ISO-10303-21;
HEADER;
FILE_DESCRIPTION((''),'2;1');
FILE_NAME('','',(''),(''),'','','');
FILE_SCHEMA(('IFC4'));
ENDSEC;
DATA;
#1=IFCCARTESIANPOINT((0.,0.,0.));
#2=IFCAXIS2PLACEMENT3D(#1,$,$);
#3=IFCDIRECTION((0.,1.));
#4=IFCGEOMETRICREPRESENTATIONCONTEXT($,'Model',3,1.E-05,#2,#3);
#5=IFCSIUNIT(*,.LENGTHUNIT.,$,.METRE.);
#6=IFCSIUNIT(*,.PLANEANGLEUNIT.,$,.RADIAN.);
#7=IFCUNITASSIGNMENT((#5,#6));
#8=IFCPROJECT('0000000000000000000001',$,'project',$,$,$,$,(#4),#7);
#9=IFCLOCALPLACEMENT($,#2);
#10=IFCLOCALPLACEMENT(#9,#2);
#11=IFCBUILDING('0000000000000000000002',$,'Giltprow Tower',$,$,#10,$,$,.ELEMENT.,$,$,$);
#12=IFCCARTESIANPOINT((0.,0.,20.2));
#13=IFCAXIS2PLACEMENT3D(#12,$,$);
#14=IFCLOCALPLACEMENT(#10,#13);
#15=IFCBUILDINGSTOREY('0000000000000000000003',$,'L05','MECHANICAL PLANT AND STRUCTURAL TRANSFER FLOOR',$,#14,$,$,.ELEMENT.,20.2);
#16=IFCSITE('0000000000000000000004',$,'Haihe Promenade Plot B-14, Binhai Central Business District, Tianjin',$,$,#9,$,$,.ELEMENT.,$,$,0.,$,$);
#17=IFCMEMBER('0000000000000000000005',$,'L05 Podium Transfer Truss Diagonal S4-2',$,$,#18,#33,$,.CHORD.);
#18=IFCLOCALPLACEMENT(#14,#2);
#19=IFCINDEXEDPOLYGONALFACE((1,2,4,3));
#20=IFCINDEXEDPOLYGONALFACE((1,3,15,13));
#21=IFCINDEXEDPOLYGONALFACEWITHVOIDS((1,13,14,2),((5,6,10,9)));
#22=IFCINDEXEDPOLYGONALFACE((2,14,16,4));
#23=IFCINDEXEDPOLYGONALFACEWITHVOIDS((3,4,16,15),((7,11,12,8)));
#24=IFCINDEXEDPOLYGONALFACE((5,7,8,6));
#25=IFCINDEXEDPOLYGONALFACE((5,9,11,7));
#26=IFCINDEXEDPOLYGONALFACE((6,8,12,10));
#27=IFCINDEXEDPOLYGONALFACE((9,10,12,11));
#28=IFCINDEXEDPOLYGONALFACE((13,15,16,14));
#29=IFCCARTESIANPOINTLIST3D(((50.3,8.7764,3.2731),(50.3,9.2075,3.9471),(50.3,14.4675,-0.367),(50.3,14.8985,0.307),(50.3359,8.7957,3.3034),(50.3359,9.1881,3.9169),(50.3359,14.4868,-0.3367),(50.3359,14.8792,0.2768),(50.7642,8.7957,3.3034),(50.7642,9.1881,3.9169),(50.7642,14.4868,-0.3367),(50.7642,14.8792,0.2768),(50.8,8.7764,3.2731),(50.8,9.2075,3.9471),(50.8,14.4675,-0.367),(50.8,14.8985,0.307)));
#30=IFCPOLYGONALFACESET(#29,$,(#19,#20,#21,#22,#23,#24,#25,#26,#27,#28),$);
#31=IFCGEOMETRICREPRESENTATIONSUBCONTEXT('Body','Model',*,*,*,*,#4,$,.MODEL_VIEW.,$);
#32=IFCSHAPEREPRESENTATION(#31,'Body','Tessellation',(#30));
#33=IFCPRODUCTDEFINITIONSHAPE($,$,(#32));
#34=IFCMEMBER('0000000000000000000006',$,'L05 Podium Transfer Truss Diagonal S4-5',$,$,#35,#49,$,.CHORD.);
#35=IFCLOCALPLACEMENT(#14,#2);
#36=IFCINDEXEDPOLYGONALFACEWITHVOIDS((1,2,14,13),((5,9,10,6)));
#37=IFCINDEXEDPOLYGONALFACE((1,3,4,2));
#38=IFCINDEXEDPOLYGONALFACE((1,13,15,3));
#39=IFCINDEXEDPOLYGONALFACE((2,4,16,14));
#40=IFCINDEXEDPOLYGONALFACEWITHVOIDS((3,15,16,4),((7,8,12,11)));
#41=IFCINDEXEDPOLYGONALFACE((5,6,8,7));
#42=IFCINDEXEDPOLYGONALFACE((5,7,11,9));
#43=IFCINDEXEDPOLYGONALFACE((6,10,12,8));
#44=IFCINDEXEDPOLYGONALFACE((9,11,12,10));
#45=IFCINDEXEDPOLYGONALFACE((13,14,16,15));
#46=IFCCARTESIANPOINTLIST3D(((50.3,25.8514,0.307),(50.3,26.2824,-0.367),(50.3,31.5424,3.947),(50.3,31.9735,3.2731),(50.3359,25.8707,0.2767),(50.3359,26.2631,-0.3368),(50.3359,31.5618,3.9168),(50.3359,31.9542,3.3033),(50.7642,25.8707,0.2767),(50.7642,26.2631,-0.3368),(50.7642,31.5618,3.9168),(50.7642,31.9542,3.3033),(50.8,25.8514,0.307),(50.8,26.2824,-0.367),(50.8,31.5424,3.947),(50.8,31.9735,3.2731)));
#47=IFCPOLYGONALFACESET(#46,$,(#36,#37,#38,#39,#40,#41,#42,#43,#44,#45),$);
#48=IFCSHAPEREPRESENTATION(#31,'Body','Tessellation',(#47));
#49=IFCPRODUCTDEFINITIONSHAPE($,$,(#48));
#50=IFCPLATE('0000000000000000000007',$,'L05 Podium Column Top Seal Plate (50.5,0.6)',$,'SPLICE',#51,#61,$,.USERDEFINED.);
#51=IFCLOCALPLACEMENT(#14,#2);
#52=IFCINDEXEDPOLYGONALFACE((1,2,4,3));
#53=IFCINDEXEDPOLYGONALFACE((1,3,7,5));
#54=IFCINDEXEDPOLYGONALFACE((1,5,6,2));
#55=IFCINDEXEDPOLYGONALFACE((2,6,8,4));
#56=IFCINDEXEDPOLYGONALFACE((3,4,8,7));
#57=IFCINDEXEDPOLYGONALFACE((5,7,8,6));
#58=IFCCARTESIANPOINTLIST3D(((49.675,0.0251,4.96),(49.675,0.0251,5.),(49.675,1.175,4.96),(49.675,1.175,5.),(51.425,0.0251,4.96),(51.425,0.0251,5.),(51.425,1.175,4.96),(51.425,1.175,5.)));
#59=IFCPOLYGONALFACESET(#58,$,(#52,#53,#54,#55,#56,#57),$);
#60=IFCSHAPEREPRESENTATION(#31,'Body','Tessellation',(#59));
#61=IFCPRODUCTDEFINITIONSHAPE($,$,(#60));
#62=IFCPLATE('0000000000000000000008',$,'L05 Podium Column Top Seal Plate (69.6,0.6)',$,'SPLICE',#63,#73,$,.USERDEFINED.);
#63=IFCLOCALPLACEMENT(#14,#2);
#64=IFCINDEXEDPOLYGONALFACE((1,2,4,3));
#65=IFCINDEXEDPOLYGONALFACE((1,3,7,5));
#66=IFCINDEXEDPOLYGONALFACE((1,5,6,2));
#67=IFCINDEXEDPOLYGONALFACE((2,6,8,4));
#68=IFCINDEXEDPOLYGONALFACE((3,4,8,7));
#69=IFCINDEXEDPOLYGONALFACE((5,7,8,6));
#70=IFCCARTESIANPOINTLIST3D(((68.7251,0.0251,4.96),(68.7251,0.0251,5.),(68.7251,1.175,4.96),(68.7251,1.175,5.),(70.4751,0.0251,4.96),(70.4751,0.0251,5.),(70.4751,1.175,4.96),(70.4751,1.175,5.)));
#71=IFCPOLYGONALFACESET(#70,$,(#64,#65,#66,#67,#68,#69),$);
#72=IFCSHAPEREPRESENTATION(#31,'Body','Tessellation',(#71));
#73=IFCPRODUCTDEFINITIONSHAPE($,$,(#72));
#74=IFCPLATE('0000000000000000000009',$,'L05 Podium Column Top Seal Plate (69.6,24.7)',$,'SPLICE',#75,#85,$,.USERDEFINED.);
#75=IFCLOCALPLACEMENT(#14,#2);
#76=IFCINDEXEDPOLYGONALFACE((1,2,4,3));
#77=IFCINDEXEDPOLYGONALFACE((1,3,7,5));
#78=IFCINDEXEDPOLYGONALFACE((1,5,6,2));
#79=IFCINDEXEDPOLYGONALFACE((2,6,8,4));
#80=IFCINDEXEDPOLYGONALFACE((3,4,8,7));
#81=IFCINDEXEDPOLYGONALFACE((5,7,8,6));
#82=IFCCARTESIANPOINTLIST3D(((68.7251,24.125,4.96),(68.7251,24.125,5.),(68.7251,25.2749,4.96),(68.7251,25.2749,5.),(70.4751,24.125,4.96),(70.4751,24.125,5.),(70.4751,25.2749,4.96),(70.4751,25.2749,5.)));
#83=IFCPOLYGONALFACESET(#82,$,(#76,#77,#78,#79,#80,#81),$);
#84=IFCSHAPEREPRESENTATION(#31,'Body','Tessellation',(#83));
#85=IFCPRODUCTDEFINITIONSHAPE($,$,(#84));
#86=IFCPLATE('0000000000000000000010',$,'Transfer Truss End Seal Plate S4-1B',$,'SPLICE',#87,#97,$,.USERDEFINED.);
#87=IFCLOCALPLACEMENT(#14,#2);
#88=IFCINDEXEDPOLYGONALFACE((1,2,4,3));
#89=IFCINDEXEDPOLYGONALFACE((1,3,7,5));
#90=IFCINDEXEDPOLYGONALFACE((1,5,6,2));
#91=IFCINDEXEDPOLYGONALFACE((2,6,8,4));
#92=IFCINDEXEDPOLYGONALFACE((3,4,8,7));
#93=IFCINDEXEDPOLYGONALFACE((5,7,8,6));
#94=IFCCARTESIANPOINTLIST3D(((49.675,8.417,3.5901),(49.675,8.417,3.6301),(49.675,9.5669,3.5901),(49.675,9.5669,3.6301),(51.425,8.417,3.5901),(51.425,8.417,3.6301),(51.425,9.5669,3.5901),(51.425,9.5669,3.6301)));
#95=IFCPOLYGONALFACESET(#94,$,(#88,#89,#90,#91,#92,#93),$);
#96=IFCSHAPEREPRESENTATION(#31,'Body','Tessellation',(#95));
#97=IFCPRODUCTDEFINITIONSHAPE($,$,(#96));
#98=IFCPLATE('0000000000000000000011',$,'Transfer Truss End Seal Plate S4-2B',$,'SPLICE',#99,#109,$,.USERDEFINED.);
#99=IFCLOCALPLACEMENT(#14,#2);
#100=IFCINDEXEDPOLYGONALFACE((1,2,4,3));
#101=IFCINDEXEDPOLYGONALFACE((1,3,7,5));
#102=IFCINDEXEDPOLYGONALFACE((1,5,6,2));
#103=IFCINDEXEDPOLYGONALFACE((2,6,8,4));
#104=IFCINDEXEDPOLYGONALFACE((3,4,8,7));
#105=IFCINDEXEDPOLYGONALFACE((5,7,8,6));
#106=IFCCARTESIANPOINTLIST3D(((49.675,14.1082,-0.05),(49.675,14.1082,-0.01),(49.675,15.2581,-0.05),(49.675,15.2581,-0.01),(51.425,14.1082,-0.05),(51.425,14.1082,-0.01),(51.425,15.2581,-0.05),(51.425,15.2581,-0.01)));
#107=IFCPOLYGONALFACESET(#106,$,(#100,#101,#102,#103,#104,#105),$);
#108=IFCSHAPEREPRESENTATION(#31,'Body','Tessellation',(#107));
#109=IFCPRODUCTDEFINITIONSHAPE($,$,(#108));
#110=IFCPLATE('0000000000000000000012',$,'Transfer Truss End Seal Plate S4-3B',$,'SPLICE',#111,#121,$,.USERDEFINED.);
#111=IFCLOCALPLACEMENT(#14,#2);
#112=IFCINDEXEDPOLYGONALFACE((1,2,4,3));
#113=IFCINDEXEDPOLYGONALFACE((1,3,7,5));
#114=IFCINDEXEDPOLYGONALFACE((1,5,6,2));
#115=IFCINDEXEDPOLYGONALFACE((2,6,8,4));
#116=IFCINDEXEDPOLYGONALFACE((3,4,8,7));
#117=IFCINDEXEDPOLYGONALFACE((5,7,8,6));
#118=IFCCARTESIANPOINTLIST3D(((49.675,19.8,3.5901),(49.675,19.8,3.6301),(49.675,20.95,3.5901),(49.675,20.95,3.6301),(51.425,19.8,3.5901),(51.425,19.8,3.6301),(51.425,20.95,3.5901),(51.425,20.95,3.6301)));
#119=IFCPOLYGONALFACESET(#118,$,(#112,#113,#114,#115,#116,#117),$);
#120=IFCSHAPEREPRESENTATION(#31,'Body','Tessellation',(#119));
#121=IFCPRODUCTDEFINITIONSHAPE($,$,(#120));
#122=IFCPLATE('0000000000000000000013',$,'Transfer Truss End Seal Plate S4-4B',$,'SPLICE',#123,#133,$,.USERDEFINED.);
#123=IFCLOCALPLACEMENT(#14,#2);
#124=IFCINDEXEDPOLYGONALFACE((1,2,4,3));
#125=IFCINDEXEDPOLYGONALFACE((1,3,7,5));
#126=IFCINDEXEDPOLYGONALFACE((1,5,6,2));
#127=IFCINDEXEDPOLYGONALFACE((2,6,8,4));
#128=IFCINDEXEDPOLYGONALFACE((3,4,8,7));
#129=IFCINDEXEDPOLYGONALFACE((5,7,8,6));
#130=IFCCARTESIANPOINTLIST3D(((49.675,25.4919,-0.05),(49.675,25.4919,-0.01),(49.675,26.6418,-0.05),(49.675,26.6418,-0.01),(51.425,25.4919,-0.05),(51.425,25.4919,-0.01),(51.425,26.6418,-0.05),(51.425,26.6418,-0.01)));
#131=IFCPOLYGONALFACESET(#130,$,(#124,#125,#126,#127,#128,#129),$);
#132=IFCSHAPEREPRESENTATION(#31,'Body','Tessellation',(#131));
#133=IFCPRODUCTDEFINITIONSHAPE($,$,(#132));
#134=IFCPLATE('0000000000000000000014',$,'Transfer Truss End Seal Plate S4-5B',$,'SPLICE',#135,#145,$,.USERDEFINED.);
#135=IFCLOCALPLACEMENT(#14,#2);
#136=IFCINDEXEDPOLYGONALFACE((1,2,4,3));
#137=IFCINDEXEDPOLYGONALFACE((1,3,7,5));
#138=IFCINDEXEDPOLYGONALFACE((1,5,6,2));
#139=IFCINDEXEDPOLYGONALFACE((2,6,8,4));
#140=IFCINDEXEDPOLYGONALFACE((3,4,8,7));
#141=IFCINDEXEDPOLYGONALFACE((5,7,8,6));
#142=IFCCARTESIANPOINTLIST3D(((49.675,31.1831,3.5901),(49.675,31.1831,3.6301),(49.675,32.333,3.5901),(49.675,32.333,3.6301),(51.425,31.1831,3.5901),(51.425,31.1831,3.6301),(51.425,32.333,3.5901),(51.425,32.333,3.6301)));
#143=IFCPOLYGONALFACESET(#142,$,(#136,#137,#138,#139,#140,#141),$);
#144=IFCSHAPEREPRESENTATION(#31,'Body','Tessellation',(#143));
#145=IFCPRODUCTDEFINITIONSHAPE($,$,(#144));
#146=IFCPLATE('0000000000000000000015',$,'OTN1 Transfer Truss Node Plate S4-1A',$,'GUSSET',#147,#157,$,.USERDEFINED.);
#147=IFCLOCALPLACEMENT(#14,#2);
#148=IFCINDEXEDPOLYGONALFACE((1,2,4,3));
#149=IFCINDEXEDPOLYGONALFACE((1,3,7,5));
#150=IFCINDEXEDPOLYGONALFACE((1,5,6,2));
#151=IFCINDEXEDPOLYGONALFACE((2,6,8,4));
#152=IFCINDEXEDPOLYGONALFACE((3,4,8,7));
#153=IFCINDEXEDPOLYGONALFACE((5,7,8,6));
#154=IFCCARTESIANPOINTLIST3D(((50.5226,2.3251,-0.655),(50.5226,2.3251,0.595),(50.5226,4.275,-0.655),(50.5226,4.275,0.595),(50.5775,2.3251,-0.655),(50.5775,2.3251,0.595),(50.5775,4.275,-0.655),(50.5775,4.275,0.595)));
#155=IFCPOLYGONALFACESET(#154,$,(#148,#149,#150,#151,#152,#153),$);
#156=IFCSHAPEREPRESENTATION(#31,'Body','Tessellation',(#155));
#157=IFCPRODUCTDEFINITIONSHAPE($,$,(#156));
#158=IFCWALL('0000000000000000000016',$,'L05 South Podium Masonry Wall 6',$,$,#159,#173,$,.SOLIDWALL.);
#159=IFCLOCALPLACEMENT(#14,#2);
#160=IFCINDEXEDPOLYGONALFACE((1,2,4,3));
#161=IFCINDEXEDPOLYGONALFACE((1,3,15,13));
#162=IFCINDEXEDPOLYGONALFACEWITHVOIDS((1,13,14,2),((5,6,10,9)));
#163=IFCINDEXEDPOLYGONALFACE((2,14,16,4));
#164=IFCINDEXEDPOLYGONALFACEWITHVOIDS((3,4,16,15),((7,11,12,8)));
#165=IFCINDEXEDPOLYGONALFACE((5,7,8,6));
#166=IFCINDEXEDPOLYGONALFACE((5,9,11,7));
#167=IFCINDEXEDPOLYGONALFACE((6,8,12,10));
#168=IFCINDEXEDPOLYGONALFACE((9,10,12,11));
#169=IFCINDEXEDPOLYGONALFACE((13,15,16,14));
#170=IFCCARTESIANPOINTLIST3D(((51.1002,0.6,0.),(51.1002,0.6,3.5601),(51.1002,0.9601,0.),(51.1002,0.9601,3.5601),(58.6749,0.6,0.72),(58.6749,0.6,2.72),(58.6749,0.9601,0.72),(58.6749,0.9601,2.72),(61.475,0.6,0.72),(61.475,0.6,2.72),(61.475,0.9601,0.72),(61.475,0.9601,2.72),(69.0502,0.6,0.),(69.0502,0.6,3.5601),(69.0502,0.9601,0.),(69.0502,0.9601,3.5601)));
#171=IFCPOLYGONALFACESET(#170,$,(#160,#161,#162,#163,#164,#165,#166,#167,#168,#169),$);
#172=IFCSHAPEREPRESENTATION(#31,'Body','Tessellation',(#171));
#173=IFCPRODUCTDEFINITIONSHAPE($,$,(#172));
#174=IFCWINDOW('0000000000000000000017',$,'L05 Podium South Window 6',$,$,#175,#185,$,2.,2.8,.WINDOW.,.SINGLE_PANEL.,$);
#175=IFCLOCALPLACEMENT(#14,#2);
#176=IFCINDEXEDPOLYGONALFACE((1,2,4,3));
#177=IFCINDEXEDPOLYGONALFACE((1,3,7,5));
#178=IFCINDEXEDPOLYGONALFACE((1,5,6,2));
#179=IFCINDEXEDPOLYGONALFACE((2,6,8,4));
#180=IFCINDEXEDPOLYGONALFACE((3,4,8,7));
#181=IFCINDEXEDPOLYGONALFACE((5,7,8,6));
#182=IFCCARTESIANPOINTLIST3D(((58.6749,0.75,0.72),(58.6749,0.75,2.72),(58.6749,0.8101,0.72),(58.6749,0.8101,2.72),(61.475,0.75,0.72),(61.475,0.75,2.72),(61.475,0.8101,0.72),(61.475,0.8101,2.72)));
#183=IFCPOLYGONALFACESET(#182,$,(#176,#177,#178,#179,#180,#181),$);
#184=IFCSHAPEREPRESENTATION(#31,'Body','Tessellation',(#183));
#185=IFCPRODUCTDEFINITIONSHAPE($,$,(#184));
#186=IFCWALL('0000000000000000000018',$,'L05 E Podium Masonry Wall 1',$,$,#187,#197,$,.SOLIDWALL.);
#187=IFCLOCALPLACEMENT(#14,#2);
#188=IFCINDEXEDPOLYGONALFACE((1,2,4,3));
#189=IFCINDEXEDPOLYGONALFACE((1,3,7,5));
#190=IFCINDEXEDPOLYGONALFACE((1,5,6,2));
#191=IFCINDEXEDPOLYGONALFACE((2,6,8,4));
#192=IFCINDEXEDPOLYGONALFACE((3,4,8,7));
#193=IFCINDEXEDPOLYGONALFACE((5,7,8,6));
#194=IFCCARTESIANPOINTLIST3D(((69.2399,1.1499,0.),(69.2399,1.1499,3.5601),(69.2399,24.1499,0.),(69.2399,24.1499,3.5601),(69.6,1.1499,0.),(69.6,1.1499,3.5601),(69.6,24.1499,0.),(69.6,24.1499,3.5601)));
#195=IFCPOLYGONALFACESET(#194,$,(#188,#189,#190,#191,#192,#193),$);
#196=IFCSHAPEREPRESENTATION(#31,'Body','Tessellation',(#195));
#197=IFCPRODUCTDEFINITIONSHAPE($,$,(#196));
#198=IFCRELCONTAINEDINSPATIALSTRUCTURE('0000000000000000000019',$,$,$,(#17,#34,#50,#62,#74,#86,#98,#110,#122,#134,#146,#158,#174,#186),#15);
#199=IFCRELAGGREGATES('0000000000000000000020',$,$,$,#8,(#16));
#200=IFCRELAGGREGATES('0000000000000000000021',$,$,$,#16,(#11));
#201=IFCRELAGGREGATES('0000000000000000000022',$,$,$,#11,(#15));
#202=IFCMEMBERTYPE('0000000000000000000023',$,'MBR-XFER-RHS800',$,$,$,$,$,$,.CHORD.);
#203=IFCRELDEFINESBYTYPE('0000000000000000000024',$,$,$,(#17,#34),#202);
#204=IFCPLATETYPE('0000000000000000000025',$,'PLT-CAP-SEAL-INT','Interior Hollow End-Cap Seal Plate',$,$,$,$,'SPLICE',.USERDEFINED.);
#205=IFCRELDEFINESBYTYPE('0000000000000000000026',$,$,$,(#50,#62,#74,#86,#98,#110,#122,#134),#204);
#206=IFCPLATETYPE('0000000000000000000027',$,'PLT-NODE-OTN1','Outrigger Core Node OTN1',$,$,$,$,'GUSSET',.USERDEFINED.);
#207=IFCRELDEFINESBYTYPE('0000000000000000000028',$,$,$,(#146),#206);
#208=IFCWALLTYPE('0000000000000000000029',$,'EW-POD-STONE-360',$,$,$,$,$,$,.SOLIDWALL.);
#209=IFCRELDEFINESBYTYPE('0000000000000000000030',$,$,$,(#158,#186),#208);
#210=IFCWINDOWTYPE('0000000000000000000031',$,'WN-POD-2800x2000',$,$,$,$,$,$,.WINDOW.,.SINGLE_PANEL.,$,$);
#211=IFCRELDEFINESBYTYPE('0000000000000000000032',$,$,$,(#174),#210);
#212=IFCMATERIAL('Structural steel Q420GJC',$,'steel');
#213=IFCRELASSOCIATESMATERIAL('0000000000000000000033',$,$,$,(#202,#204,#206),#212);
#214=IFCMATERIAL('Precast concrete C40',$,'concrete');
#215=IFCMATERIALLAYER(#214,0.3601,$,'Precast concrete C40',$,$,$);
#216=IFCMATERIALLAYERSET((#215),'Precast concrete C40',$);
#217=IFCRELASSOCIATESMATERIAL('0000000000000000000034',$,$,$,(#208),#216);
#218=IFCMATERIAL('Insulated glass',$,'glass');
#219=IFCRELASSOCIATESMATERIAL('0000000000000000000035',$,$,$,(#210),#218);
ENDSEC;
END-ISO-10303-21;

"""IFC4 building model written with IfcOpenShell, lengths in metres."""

from ifc_helpers import new_model, si_unit, direction, frame, frame_2d, origin, origin_2d, place, context, subcontext, project, spatial, rectangle, hollow_rectangle, extrude, source, transform, mapped, material, layer, layer_set, material_profile, profile_set, type_object, element, fill, save


model = new_model("IFC4")

# Units and contexts
model_context = context("Model", 3, precision=1e-05, world=origin(), true_north=direction((0.0, 1.0)))
body_context = subcontext(model_context, "Body", "Model", "MODEL_VIEW")
ifc_project = project(units=[si_unit("LENGTHUNIT", "METRE"), si_unit("PLANEANGLEUNIT", "RADIAN")], contexts=[model_context])

# Site, building, storey
site_placement = place(None, origin())
site = spatial("IfcSite", under=ifc_project, at=site_placement, Name="Haihe Promenade Plot B-14, Binhai Central Business District, Tianjin", CompositionType="ELEMENT", RefElevation=0.0)
building_placement = place(site_placement, origin())
building = spatial("IfcBuilding", under=site, at=building_placement, Name="Giltprow Tower", CompositionType="ELEMENT")
storey_placement = place(building_placement, frame((0.0, 0.0, 20.2)))
storey = spatial("IfcBuildingStorey", under=building, at=storey_placement, Name="L05", Description="MECHANICAL PLANT AND STRUCTURAL TRANSFER FLOOR", CompositionType="ELEMENT", Elevation=20.2)

# Shared definitions
ifc_material_1 = material(Name="Structural steel Q420GJC", Category="steel")

# Members
ifc_material_profile_1 = material_profile(ifc_material_1, hollow_rectangle(XDim=0.5, YDim=0.8, WallThickness=0.0359, at=origin_2d()), Name="RHS 800x500x36")
ifc_profile_set_1 = profile_set([ifc_material_profile_1], Name="Structural steel Q420GJC")
member_type = type_object("IfcMemberType", Name="MBR-XFER-RHS800", PredefinedType="CHORD", material=ifc_profile_set_1)
shared_shape_1 = source(origin(), body_context, "Body", "SweptSolid", [
    extrude(hollow_rectangle(XDim=0.5, YDim=0.8, WallThickness=0.0359, at=origin_2d()), origin(), (0.0, 0.0, 1.0), 6.7556),
])
for number, where, z_axis, x_axis, name in (
    (1, (50.55, 8.9919, 3.6101), (0.0, 0.84242, -0.538822), (-1.0, 0.0, 0.0), "L05 Podium Transfer Truss Diagonal S4-2"),
    (2, (50.55, 26.0669, -0.03), (0.0, 0.84242, 0.538822), (-1.0, 0.0, 0.0), "L05 Podium Transfer Truss Diagonal S4-5"),
):
    element("IfcMember", number, at=place(storey_placement, frame(where, z_axis=z_axis, x_axis=x_axis)), inside=storey, type_object=member_type, Name=name, PredefinedType="CHORD", context=body_context, shape_type="MappedRepresentation", body=[
        mapped(shared_shape_1, transform((0.0, 0.0, 0.0), x_axis=(1.0, 0.0, 0.0), y_axis=(0.0, 1.0, 0.0), z_axis=(0.0, 0.0, 1.0), scale=1.0)),
    ])

# Plates
plate_type_1 = type_object("IfcPlateType", Name="PLT-CAP-SEAL-INT", Description="Interior Hollow End-Cap Seal Plate", ElementType="SPLICE", PredefinedType="USERDEFINED", material=ifc_material_1)
shared_shape_2 = source(origin(), body_context, "Body", "SweptSolid", [
    extrude(rectangle(XDim=1.75, YDim=1.1499, at=origin_2d()), origin(), (0.0, 0.0, 1.0), 0.04),
])
for number, where, z_axis, x_axis, name in (
    (3, (50.55, 0.6001, 4.96), (0.0, 0.0, 1.0), (1.0, 0.0, 0.0), "L05 Podium Column Top Seal Plate (50.5,0.6)"),
    (4, (69.6001, 0.6001, 4.96), (0.0, 0.0, 1.0), (1.0, 0.0, 0.0), "L05 Podium Column Top Seal Plate (69.6,0.6)"),
    (5, (69.6001, 24.7, 4.96), (0.0, 0.0, 1.0), (1.0, 0.0, 0.0), "L05 Podium Column Top Seal Plate (69.6,24.7)"),
    (6, (50.55, 8.9919, 3.5901), (0.0, 0.0, 1.0), (1.0, 0.0, 0.0), "Transfer Truss End Seal Plate S4-1B"),
    (7, (50.55, 14.6831, -0.05), (0.0, 0.0, 1.0), (1.0, 0.0, 0.0), "Transfer Truss End Seal Plate S4-2B"),
    (8, (50.55, 20.375, 3.5901), (0.0, 0.0, 1.0), (1.0, 0.0, 0.0), "Transfer Truss End Seal Plate S4-3B"),
    (9, (50.55, 26.0669, -0.05), (0.0, 0.0, 1.0), (1.0, 0.0, 0.0), "Transfer Truss End Seal Plate S4-4B"),
    (10, (50.55, 31.7581, 3.5901), (0.0, 0.0, 1.0), (1.0, 0.0, 0.0), "Transfer Truss End Seal Plate S4-5B"),
):
    element("IfcPlate", number, at=place(storey_placement, frame(where, z_axis=z_axis, x_axis=x_axis)), inside=storey, type_object=plate_type_1, Name=name, ObjectType="SPLICE", PredefinedType="USERDEFINED", context=body_context, shape_type="MappedRepresentation", body=[
        mapped(shared_shape_2, transform((0.0, 0.0, 0.0), x_axis=(1.0, 0.0, 0.0), y_axis=(0.0, 1.0, 0.0), z_axis=(0.0, 0.0, 1.0), scale=1.0)),
    ])
plate_type_2 = type_object("IfcPlateType", Name="PLT-NODE-OTN1", Description="Outrigger Core Node OTN1", ElementType="GUSSET", PredefinedType="USERDEFINED", material=ifc_material_1)
shared_shape_3 = source(origin(), body_context, "Body", "SweptSolid", [
    extrude(rectangle(XDim=1.95, YDim=0.0549, at=origin_2d()), origin(), (0.0, 0.0, 1.0), 1.25),
])
plate_placement = place(storey_placement, frame((50.55, 3.3, -0.655), z_axis=(0.0, 0.0, 1.0), x_axis=(0.0, 1.0, 0.0)))
element("IfcPlate", 11, at=plate_placement, inside=storey, type_object=plate_type_2, Name="OTN1 Transfer Truss Node Plate S4-1A", ObjectType="GUSSET", PredefinedType="USERDEFINED", context=body_context, shape_type="MappedRepresentation", body=[
    mapped(shared_shape_3, transform((0.0, 0.0, 0.0), x_axis=(1.0, 0.0, 0.0), y_axis=(0.0, 1.0, 0.0), z_axis=(0.0, 0.0, 1.0), scale=1.0)),
])

# Wall, opening, window
ifc_material_2 = material(Name="Precast concrete C40", Category="concrete")
ifc_layer_1 = layer(ifc_material_2, 0.3601, Name="Precast concrete C40")
ifc_layer_set_1 = layer_set([ifc_layer_1], Name="Precast concrete C40")
wall_type_1 = type_object("IfcWallType", Name="EW-POD-STONE-360", PredefinedType="SOLIDWALL", material=ifc_layer_set_1)
wall_1_placement = place(storey_placement, frame((51.1001, 0.78, 0.0), z_axis=(0.0, 0.0, 1.0), x_axis=(1.0, 0.0, 0.0)))
wall_1 = element("IfcWall", 12, at=wall_1_placement, inside=storey, type_object=wall_type_1, Name="L05 South Podium Masonry Wall 6", PredefinedType="SOLIDWALL", context=body_context, shape_type="SweptSolid", body=[
    extrude(rectangle(XDim=17.95, YDim=0.3601, at=frame_2d((8.9751, 0.0))), origin(), (0.0, 0.0, 1.0), 3.5601),
])
opening_placement = place(wall_1_placement, frame((7.575, 0.0, 0.72)))
opening = element("IfcOpeningElement", 13, at=opening_placement, cuts=wall_1, PredefinedType="OPENING", context=body_context, shape_type="SweptSolid", body=[
    extrude(rectangle(XDim=2.8, YDim=2.0, at=frame_2d((1.3999, 1.0))), frame((0.0, 0.1899, 0.0), z_axis=(0.0, -1.0, 0.0), x_axis=(1.0, 0.0, 0.0)), (0.0, 0.0, 1.0), 0.3801),
])
ifc_material_3 = material(Name="Insulated glass", Category="glass")
window_type = type_object("IfcWindowType", Name="WN-POD-2800x2000", PartitioningType="SINGLE_PANEL", PredefinedType="WINDOW", material=ifc_material_3)
shared_shape_4 = source(origin(), body_context, "Body", "SweptSolid", [
    extrude(rectangle(XDim=2.8, YDim=2.0, at=frame_2d((1.3999, 1.0))), frame((0.0, 0.03, 0.0), z_axis=(0.0, -1.0, 0.0), x_axis=(1.0, 0.0, 0.0)), (0.0, 0.0, 1.0), 0.0601),
])
window_placement = place(opening_placement, origin())
window = element("IfcWindow", 14, at=window_placement, inside=storey, type_object=window_type, Name="L05 Podium South Window 6", OverallHeight=2.0, OverallWidth=2.8, PartitioningType="SINGLE_PANEL", PredefinedType="WINDOW", context=body_context, shape_type="MappedRepresentation", body=[
    mapped(shared_shape_4, transform((0.0, 0.0, 0.0), x_axis=(1.0, 0.0, 0.0), y_axis=(0.0, 1.0, 0.0), z_axis=(0.0, 0.0, 1.0), scale=1.0)),
])
fill(opening, window)

# Wall
wall_2_placement = place(storey_placement, frame((69.4199, 1.1499, 0.0), z_axis=(0.0, 0.0, 1.0), x_axis=(0.0, 1.0, 0.0)))
element("IfcWall", 15, at=wall_2_placement, inside=storey, type_object=wall_type_1, Name="L05 E Podium Masonry Wall 1", PredefinedType="SOLIDWALL", context=body_context, shape_type="SweptSolid", body=[
    extrude(rectangle(XDim=23.0, YDim=0.3601, at=frame_2d((11.5, 0.0))), origin(), (0.0, 0.0, 1.0), 3.5601),
])

save(model, "model.ifc")
